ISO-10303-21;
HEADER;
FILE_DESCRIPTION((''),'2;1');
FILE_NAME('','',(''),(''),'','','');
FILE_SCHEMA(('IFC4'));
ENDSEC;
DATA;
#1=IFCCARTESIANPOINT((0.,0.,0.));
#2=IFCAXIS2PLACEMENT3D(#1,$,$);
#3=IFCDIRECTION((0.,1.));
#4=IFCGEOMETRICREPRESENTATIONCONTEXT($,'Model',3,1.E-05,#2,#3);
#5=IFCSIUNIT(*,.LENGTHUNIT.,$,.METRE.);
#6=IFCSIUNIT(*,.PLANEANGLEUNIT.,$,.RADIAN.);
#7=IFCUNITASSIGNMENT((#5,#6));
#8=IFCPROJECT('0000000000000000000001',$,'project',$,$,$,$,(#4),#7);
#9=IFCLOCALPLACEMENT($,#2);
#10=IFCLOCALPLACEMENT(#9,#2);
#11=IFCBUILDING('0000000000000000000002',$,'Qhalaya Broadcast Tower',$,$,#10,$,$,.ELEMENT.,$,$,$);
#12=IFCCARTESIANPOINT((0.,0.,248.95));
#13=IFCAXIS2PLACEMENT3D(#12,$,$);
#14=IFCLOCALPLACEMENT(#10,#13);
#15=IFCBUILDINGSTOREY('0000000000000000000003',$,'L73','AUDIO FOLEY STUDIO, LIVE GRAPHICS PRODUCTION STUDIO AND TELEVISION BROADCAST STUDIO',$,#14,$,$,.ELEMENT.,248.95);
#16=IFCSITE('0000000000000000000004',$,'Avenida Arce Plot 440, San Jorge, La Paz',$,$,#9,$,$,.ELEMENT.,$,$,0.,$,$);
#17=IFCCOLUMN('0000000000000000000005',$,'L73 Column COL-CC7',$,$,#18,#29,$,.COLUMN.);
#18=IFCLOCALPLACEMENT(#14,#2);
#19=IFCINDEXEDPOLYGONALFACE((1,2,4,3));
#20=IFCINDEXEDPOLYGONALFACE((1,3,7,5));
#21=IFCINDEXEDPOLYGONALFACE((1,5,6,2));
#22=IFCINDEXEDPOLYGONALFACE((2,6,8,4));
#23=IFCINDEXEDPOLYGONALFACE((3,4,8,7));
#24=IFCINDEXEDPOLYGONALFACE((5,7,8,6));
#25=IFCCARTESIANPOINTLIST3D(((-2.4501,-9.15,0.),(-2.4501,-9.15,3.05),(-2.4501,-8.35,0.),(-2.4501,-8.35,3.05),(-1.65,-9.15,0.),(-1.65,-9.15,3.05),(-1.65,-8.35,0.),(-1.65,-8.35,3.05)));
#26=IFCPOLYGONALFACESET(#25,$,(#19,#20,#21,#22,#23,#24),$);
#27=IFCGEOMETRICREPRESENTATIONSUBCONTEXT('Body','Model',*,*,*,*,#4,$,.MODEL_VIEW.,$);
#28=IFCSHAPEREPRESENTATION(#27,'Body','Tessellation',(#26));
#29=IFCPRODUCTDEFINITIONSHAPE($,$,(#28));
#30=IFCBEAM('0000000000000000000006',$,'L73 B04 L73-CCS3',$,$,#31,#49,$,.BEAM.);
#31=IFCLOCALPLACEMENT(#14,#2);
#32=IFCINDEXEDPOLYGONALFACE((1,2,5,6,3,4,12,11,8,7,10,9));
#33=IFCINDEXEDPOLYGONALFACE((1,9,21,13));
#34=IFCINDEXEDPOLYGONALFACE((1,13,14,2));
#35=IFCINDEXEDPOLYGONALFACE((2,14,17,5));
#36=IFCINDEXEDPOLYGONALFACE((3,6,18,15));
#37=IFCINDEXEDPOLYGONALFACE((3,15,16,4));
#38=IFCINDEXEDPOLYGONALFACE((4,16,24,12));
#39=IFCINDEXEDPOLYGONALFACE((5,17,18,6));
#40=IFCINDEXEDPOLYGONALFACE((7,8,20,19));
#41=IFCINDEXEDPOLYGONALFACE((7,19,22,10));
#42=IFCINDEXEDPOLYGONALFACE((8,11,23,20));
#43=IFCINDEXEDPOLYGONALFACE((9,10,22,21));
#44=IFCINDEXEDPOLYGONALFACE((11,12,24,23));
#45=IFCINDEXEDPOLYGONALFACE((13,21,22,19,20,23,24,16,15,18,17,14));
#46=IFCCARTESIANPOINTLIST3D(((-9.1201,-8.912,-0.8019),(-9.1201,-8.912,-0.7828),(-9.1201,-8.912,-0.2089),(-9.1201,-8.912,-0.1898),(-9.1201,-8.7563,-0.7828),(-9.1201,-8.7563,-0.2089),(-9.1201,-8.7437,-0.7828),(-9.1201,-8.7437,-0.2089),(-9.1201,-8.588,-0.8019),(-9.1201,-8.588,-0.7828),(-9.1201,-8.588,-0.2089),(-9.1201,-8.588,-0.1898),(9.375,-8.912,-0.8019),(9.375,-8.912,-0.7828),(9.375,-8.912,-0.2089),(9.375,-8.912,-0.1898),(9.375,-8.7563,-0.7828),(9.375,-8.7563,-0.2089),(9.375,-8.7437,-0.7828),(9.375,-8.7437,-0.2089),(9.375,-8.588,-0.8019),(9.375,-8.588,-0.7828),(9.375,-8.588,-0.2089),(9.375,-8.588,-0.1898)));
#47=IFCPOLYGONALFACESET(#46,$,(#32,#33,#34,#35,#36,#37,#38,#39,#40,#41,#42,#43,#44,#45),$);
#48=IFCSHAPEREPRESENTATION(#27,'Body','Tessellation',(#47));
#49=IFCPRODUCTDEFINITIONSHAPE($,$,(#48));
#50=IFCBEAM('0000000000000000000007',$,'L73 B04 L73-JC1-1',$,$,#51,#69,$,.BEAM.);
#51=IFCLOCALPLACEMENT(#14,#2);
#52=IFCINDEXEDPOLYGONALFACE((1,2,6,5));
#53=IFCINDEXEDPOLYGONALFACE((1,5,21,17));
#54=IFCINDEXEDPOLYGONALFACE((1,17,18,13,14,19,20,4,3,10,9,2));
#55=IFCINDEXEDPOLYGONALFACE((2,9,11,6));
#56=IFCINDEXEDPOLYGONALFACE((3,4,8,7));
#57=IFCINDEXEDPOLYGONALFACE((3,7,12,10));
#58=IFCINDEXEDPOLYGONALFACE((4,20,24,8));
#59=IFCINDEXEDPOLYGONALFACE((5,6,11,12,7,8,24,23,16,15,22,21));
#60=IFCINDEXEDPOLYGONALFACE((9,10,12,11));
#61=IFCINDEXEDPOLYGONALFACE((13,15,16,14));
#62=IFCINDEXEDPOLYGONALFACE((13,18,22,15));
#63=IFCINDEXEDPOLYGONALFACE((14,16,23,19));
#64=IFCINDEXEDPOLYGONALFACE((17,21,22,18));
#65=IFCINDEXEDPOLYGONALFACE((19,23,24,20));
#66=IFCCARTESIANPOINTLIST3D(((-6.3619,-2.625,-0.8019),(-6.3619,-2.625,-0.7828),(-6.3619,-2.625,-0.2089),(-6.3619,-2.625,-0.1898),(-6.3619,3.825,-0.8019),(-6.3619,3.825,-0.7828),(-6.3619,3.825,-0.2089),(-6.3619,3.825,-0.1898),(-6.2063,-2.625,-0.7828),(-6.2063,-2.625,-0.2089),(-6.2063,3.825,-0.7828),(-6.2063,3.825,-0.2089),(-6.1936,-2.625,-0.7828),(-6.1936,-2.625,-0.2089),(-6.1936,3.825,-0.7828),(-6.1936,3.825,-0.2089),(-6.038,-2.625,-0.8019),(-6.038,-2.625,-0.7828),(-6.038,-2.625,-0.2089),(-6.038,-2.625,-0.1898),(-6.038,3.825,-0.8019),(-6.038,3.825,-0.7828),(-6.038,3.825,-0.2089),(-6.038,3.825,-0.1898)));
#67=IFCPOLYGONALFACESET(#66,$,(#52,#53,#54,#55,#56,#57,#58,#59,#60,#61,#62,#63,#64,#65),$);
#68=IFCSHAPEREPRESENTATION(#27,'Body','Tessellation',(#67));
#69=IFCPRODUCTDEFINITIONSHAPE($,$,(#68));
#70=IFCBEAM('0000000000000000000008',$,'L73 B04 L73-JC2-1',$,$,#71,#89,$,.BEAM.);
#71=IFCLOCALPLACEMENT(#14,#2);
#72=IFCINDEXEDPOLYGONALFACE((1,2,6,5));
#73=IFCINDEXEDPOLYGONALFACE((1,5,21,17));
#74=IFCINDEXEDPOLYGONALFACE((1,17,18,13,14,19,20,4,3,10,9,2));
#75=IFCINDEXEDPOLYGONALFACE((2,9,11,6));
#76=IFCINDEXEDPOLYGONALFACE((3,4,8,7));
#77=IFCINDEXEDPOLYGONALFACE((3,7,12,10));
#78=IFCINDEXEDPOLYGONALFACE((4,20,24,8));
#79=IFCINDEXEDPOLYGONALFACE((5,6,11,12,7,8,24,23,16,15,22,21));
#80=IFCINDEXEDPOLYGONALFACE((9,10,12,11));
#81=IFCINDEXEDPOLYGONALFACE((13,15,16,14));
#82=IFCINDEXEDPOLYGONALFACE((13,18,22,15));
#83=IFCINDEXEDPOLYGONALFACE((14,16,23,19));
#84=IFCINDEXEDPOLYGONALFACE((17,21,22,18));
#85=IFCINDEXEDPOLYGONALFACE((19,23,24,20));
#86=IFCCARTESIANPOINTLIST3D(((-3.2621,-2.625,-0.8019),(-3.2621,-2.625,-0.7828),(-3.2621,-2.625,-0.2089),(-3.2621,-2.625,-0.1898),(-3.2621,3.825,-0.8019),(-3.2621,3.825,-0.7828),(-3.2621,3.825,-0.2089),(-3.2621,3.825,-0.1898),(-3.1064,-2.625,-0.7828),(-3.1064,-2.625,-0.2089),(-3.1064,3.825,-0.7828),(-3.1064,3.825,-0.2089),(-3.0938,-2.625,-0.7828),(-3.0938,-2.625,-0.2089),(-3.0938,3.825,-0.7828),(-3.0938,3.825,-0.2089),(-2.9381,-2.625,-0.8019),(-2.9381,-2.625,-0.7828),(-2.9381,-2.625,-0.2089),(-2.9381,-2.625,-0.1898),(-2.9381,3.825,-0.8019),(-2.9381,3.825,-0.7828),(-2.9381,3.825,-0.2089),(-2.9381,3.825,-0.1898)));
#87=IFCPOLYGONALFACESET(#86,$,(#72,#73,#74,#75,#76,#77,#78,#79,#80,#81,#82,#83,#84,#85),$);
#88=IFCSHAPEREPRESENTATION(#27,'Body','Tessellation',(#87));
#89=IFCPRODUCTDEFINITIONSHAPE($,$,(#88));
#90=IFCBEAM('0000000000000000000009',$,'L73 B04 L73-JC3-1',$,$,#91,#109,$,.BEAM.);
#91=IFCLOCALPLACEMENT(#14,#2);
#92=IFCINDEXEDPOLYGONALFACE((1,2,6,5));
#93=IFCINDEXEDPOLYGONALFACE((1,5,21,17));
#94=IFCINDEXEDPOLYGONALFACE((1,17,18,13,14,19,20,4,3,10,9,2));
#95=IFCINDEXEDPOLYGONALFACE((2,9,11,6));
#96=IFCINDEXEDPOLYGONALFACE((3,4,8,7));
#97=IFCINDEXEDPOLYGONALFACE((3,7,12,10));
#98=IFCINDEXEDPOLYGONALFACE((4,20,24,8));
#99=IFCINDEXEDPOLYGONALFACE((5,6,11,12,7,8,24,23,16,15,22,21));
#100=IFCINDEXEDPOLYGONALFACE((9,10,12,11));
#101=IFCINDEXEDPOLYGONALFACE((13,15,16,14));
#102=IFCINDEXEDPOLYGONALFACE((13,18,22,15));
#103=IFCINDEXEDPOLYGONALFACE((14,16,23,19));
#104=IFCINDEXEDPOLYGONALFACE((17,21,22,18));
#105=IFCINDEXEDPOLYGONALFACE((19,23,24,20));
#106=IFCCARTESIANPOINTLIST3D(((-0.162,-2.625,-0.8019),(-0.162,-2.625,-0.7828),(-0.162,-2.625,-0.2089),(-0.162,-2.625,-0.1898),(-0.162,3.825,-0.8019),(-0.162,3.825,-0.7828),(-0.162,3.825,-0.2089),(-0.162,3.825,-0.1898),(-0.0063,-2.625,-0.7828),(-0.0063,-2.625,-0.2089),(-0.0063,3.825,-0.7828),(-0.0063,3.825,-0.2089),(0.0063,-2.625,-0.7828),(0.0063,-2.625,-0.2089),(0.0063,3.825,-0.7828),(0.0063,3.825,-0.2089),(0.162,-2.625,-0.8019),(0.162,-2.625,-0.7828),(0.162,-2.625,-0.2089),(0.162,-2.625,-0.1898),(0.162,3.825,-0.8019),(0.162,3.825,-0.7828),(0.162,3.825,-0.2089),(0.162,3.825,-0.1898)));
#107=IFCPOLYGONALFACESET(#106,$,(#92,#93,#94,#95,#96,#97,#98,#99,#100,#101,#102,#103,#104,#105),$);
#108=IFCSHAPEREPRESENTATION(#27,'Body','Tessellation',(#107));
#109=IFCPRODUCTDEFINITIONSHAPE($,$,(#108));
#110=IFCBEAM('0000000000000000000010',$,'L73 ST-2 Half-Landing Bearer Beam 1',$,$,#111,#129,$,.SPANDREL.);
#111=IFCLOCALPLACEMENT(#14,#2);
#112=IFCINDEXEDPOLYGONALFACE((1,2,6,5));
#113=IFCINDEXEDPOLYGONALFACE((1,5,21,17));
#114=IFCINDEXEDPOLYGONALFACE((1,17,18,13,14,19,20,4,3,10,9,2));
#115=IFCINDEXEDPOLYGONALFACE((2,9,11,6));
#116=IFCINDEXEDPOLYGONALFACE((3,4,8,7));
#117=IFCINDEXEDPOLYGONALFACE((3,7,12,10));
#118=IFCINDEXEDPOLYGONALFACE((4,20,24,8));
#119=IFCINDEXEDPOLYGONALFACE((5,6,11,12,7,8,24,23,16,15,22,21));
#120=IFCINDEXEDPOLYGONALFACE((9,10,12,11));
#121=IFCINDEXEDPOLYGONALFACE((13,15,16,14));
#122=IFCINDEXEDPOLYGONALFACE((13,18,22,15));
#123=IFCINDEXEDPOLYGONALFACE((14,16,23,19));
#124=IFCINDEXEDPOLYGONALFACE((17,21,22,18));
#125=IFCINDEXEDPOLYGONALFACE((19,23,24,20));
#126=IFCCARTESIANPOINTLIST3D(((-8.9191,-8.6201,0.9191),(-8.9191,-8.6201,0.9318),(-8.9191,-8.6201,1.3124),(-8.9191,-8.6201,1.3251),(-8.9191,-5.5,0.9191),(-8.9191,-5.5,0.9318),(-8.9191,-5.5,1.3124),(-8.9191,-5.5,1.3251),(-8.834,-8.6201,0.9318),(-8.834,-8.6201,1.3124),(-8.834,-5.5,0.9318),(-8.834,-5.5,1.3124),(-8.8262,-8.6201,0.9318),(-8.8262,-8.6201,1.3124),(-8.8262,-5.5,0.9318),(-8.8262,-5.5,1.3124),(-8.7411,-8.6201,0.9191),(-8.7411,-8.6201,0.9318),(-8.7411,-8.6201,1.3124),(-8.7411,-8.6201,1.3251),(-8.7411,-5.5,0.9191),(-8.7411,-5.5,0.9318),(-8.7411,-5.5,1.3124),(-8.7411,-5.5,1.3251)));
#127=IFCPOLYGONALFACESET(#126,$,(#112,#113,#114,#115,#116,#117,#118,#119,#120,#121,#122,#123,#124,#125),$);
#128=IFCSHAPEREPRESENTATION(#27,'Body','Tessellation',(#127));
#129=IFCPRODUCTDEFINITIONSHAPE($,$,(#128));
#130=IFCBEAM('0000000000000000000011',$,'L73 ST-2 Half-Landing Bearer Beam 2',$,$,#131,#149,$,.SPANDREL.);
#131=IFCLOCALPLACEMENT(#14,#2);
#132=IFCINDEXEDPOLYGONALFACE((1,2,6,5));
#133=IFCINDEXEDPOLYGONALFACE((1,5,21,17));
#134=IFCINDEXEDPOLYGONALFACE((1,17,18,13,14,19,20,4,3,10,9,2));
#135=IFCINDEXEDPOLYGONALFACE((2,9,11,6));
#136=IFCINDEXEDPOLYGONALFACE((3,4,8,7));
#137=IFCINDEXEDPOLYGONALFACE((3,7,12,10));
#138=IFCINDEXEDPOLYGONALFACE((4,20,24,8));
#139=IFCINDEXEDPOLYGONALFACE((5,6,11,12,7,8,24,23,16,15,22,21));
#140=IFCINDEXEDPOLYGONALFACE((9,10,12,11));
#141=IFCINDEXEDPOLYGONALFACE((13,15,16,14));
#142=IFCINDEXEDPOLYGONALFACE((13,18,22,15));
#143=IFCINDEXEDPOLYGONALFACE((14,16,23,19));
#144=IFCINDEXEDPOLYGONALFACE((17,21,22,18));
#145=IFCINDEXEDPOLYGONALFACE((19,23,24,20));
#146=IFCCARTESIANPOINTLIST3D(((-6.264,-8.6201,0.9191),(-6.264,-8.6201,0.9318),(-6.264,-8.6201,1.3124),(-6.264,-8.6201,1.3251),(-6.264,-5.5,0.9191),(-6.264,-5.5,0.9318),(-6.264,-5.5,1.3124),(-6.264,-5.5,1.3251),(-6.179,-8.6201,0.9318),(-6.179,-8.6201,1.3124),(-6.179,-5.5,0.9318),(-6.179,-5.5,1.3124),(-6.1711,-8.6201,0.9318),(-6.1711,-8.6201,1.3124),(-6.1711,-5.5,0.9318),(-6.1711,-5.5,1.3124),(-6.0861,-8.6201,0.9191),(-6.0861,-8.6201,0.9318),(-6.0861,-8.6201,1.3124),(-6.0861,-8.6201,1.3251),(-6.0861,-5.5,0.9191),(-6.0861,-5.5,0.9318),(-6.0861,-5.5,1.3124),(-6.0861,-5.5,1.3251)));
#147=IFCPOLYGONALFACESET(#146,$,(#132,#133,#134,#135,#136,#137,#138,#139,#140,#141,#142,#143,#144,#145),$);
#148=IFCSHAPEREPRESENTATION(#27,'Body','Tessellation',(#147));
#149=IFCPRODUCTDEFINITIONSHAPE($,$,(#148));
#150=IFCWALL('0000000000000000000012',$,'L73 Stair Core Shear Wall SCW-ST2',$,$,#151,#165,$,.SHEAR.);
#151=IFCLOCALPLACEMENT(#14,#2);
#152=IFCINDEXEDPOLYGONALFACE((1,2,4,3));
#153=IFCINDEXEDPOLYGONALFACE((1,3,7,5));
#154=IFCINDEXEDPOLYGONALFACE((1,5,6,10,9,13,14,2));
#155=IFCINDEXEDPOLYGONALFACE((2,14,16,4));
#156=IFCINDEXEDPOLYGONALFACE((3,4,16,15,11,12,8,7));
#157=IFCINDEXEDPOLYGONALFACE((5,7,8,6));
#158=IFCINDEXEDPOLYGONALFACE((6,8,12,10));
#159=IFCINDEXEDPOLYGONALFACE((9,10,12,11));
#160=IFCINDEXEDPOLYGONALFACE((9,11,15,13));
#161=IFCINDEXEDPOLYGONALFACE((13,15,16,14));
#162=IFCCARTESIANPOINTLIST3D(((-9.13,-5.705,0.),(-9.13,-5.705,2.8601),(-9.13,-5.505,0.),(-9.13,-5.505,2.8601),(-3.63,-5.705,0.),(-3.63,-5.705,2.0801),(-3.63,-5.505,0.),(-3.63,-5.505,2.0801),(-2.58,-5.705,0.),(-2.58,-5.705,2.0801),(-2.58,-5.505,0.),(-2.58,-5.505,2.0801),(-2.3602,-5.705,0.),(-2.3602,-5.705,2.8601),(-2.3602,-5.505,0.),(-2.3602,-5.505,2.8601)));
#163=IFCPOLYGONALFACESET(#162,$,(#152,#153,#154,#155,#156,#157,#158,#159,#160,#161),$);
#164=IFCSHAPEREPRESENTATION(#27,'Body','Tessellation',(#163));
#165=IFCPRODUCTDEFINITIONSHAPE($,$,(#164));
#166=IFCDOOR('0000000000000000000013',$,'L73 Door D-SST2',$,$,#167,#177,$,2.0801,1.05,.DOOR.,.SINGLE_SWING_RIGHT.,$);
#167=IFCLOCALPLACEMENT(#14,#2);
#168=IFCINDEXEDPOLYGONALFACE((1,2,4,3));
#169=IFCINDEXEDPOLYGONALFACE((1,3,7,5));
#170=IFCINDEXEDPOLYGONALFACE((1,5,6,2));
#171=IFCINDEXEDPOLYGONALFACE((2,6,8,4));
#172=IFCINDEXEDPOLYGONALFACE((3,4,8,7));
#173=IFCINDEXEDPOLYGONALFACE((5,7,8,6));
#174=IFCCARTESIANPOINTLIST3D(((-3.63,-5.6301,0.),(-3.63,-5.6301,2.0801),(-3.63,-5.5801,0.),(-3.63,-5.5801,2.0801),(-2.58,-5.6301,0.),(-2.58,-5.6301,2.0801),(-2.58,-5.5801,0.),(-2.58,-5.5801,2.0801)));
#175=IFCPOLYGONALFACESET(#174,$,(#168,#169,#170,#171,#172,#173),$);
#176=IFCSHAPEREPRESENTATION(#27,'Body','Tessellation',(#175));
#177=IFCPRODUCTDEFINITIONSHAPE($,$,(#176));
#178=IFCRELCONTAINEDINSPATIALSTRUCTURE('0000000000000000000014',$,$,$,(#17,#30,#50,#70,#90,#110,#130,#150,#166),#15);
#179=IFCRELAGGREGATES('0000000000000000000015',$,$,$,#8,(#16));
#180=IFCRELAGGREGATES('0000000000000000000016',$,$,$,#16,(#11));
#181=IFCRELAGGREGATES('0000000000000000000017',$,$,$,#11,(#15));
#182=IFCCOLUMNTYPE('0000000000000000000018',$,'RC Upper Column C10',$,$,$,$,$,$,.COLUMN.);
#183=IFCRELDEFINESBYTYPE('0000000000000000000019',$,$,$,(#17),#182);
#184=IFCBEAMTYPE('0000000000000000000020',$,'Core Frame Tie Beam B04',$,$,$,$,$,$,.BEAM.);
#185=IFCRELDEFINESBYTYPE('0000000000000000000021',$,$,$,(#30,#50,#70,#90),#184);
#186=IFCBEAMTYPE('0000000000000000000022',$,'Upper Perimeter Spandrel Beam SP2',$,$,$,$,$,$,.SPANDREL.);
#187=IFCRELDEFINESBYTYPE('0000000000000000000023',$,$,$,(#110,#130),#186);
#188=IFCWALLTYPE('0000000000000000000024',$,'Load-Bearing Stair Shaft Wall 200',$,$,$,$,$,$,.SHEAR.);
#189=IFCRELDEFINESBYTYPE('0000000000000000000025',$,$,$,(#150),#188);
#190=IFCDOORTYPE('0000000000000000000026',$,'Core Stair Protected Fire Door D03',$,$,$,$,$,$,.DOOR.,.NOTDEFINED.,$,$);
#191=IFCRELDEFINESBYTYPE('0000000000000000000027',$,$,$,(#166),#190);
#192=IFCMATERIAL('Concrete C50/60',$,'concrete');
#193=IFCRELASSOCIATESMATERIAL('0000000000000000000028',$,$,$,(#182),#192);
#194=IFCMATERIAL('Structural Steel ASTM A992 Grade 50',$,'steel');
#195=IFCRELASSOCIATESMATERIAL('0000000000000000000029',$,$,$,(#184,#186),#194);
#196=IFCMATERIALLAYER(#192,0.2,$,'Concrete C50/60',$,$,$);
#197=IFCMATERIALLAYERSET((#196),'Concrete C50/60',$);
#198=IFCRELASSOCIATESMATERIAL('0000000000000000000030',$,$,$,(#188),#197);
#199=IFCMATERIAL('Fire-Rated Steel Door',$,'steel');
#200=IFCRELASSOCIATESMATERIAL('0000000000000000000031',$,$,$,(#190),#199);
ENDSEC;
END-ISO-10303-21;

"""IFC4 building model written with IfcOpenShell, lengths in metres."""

from ifc_helpers import new_model, si_unit, direction, frame, frame_2d, origin, origin_2d, place, context, subcontext, project, spatial, rectangle, i_section, extrude, material, layer, layer_set, material_profile, profile_set, type_object, element, fill, save


model = new_model("IFC4")

# Units and contexts
model_context = context("Model", 3, precision=1e-05, world=origin(), true_north=direction((0.0, 1.0)))
body_context = subcontext(model_context, "Body", "Model", "MODEL_VIEW")
ifc_project = project(units=[si_unit("LENGTHUNIT", "METRE"), si_unit("PLANEANGLEUNIT", "RADIAN")], contexts=[model_context])

# Site, building, storey
site_placement = place(None, origin())
site = spatial("IfcSite", under=ifc_project, at=site_placement, Name="Avenida Arce Plot 440, San Jorge, La Paz", CompositionType="ELEMENT", RefElevation=0.0)
building_placement = place(site_placement, origin())
building = spatial("IfcBuilding", under=site, at=building_placement, Name="Qhalaya Broadcast Tower", CompositionType="ELEMENT")
storey_placement = place(building_placement, frame((0.0, 0.0, 248.95)))
storey = spatial("IfcBuildingStorey", under=building, at=storey_placement, Name="L73", Description="AUDIO FOLEY STUDIO, LIVE GRAPHICS PRODUCTION STUDIO AND TELEVISION BROADCAST STUDIO", CompositionType="ELEMENT", Elevation=248.95)

# Column
ifc_material_1 = material(Name="Concrete C50/60", Category="concrete")
ifc_material_profile_1 = material_profile(ifc_material_1, rectangle(XDim=0.8, YDim=0.8, at=origin_2d()), Name="RC-COL 800x800")
ifc_profile_set_1 = profile_set([ifc_material_profile_1], Name="Concrete C50/60")
column_type = type_object("IfcColumnType", Name="RC Upper Column C10", PredefinedType="COLUMN", material=ifc_profile_set_1)
column_placement = place(storey_placement, frame((-2.05, -8.75, 0.0), z_axis=(0.0, 0.0, 1.0), x_axis=(1.0, 0.0, 0.0)))
element("IfcColumn", 1, at=column_placement, inside=storey, type_object=column_type, Name="L73 Column COL-CC7", PredefinedType="COLUMN", context=body_context, shape_type="SweptSolid", body=[
    extrude(rectangle(XDim=0.8, YDim=0.8, at=origin_2d()), origin(), (0.0, 0.0, 1.0), 3.05),
])

# Beams
ifc_material_2 = material(Name="Structural Steel ASTM A992 Grade 50", Category="steel")
ifc_material_profile_2 = material_profile(ifc_material_2, i_section(OverallWidth=0.324, OverallDepth=0.6121, WebThickness=0.0127, FlangeThickness=0.019, at=origin_2d()), Name="W24X104")
ifc_profile_set_2 = profile_set([ifc_material_profile_2], Name="Structural Steel ASTM A992 Grade 50")
beam_type_1 = type_object("IfcBeamType", Name="Core Frame Tie Beam B04", PredefinedType="BEAM", material=ifc_profile_set_2)
beam_placement = place(storey_placement, frame((-9.1201, -8.75, -0.4958), z_axis=(1.0, 0.0, 0.0), x_axis=(0.0, 1.0, 0.0)))
element("IfcBeam", 2, at=beam_placement, inside=storey, type_object=beam_type_1, Name="L73 B04 L73-CCS3", PredefinedType="BEAM", context=body_context, shape_type="SweptSolid", body=[
    extrude(i_section(OverallWidth=0.324, OverallDepth=0.6121, WebThickness=0.0127, FlangeThickness=0.019, at=origin_2d()), origin(), (0.0, 0.0, 1.0), 18.4951),
])
for number, where, z_axis, x_axis, name in (
    (3, (-6.2, -2.625, -0.4958), (0.0, 1.0, 0.0), (-1.0, 0.0, 0.0), "L73 B04 L73-JC1-1"),
    (4, (-3.1001, -2.625, -0.4958), (0.0, 1.0, 0.0), (-1.0, 0.0, 0.0), "L73 B04 L73-JC2-1"),
    (5, (0.0, -2.625, -0.4958), (0.0, 1.0, 0.0), (-1.0, 0.0, 0.0), "L73 B04 L73-JC3-1"),
):
    element("IfcBeam", number, at=place(storey_placement, frame(where, z_axis=z_axis, x_axis=x_axis)), inside=storey, type_object=beam_type_1, Name=name, PredefinedType="BEAM", context=body_context, shape_type="SweptSolid", body=[
        extrude(i_section(OverallWidth=0.324, OverallDepth=0.6121, WebThickness=0.0127, FlangeThickness=0.019, at=origin_2d()), origin(), (0.0, 0.0, 1.0), 6.45),
    ])
ifc_material_profile_3 = material_profile(ifc_material_2, i_section(OverallWidth=0.178, OverallDepth=0.406, WebThickness=0.0078, FlangeThickness=0.0127, at=origin_2d()), Name="W16X40")
ifc_profile_set_3 = profile_set([ifc_material_profile_3], Name="Structural Steel ASTM A992 Grade 50")
beam_type_2 = type_object("IfcBeamType", Name="Upper Perimeter Spandrel Beam SP2", PredefinedType="SPANDREL", material=ifc_profile_set_3)
for number, where, z_axis, x_axis, name in (
    (6, (-8.8301, -8.6201, 1.1221), (0.0, 1.0, 0.0), (-1.0, 0.0, 0.0), "L73 ST-2 Half-Landing Bearer Beam 1"),
    (7, (-6.175, -8.6201, 1.1221), (0.0, 1.0, 0.0), (-1.0, 0.0, 0.0), "L73 ST-2 Half-Landing Bearer Beam 2"),
):
    element("IfcBeam", number, at=place(storey_placement, frame(where, z_axis=z_axis, x_axis=x_axis)), inside=storey, type_object=beam_type_2, Name=name, PredefinedType="SPANDREL", context=body_context, shape_type="SweptSolid", body=[
        extrude(i_section(OverallWidth=0.178, OverallDepth=0.406, WebThickness=0.0078, FlangeThickness=0.0127, at=origin_2d()), origin(), (0.0, 0.0, 1.0), 3.1201),
    ])

# Wall, opening, door
ifc_layer_1 = layer(ifc_material_1, 0.2, Name="Concrete C50/60")
ifc_layer_set_1 = layer_set([ifc_layer_1], Name="Concrete C50/60")
wall_type_1 = type_object("IfcWallType", Name="Load-Bearing Stair Shaft Wall 200", PredefinedType="SHEAR", material=ifc_layer_set_1)
wall_1_placement = place(storey_placement, frame((-9.1299, -5.605, 0.0), z_axis=(0.0, 0.0, 1.0), x_axis=(1.0, 0.0, 0.0)))
wall_1 = element("IfcWall", 8, at=wall_1_placement, inside=storey, type_object=wall_type_1, Name="L73 Stair Core Shear Wall SCW-ST2", PredefinedType="SHEAR", context=body_context, shape_type="SweptSolid", body=[
    extrude(rectangle(XDim=6.7698, YDim=0.2, at=frame_2d((3.3848, 0.0))), origin(), (0.0, 0.0, 1.0), 2.8601),
])
opening_1_placement = place(wall_1_placement, frame((5.5, 0.0, 0.0)))
opening_1 = element("IfcOpeningElement", 9, at=opening_1_placement, cuts=wall_1, PredefinedType="OPENING", context=body_context, shape_type="SweptSolid", body=[
    extrude(rectangle(XDim=1.05, YDim=2.0801, at=frame_2d((0.5249, 1.04))), frame((0.0, 0.1121, 0.0), z_axis=(0.0, -1.0, 0.0), x_axis=(1.0, 0.0, 0.0)), (0.0, 0.0, 1.0), 0.2239),
])
ifc_material_3 = material(Name="Fire-Rated Steel Door", Category="steel")
door_type_1 = type_object("IfcDoorType", Name="Core Stair Protected Fire Door D03", OperationType="NOTDEFINED", PredefinedType="DOOR", material=ifc_material_3)
door_1_placement = place(opening_1_placement, origin())
door_1 = element("IfcDoor", 10, at=door_1_placement, inside=storey, type_object=door_type_1, Name="L73 Door D-SST2", OperationType="SINGLE_SWING_RIGHT", OverallHeight=2.0801, OverallWidth=1.05, PredefinedType="DOOR", context=body_context, shape_type="SweptSolid", body=[
    extrude(rectangle(XDim=1.05, YDim=2.0801, at=frame_2d((0.5249, 1.04))), frame((0.0, 0.0249, 0.0), z_axis=(0.0, -1.0, 0.0), x_axis=(1.0, 0.0, 0.0)), (0.0, 0.0, 1.0), 0.05),
])
fill(opening_1, door_1)

save(model, "model.ifc")
